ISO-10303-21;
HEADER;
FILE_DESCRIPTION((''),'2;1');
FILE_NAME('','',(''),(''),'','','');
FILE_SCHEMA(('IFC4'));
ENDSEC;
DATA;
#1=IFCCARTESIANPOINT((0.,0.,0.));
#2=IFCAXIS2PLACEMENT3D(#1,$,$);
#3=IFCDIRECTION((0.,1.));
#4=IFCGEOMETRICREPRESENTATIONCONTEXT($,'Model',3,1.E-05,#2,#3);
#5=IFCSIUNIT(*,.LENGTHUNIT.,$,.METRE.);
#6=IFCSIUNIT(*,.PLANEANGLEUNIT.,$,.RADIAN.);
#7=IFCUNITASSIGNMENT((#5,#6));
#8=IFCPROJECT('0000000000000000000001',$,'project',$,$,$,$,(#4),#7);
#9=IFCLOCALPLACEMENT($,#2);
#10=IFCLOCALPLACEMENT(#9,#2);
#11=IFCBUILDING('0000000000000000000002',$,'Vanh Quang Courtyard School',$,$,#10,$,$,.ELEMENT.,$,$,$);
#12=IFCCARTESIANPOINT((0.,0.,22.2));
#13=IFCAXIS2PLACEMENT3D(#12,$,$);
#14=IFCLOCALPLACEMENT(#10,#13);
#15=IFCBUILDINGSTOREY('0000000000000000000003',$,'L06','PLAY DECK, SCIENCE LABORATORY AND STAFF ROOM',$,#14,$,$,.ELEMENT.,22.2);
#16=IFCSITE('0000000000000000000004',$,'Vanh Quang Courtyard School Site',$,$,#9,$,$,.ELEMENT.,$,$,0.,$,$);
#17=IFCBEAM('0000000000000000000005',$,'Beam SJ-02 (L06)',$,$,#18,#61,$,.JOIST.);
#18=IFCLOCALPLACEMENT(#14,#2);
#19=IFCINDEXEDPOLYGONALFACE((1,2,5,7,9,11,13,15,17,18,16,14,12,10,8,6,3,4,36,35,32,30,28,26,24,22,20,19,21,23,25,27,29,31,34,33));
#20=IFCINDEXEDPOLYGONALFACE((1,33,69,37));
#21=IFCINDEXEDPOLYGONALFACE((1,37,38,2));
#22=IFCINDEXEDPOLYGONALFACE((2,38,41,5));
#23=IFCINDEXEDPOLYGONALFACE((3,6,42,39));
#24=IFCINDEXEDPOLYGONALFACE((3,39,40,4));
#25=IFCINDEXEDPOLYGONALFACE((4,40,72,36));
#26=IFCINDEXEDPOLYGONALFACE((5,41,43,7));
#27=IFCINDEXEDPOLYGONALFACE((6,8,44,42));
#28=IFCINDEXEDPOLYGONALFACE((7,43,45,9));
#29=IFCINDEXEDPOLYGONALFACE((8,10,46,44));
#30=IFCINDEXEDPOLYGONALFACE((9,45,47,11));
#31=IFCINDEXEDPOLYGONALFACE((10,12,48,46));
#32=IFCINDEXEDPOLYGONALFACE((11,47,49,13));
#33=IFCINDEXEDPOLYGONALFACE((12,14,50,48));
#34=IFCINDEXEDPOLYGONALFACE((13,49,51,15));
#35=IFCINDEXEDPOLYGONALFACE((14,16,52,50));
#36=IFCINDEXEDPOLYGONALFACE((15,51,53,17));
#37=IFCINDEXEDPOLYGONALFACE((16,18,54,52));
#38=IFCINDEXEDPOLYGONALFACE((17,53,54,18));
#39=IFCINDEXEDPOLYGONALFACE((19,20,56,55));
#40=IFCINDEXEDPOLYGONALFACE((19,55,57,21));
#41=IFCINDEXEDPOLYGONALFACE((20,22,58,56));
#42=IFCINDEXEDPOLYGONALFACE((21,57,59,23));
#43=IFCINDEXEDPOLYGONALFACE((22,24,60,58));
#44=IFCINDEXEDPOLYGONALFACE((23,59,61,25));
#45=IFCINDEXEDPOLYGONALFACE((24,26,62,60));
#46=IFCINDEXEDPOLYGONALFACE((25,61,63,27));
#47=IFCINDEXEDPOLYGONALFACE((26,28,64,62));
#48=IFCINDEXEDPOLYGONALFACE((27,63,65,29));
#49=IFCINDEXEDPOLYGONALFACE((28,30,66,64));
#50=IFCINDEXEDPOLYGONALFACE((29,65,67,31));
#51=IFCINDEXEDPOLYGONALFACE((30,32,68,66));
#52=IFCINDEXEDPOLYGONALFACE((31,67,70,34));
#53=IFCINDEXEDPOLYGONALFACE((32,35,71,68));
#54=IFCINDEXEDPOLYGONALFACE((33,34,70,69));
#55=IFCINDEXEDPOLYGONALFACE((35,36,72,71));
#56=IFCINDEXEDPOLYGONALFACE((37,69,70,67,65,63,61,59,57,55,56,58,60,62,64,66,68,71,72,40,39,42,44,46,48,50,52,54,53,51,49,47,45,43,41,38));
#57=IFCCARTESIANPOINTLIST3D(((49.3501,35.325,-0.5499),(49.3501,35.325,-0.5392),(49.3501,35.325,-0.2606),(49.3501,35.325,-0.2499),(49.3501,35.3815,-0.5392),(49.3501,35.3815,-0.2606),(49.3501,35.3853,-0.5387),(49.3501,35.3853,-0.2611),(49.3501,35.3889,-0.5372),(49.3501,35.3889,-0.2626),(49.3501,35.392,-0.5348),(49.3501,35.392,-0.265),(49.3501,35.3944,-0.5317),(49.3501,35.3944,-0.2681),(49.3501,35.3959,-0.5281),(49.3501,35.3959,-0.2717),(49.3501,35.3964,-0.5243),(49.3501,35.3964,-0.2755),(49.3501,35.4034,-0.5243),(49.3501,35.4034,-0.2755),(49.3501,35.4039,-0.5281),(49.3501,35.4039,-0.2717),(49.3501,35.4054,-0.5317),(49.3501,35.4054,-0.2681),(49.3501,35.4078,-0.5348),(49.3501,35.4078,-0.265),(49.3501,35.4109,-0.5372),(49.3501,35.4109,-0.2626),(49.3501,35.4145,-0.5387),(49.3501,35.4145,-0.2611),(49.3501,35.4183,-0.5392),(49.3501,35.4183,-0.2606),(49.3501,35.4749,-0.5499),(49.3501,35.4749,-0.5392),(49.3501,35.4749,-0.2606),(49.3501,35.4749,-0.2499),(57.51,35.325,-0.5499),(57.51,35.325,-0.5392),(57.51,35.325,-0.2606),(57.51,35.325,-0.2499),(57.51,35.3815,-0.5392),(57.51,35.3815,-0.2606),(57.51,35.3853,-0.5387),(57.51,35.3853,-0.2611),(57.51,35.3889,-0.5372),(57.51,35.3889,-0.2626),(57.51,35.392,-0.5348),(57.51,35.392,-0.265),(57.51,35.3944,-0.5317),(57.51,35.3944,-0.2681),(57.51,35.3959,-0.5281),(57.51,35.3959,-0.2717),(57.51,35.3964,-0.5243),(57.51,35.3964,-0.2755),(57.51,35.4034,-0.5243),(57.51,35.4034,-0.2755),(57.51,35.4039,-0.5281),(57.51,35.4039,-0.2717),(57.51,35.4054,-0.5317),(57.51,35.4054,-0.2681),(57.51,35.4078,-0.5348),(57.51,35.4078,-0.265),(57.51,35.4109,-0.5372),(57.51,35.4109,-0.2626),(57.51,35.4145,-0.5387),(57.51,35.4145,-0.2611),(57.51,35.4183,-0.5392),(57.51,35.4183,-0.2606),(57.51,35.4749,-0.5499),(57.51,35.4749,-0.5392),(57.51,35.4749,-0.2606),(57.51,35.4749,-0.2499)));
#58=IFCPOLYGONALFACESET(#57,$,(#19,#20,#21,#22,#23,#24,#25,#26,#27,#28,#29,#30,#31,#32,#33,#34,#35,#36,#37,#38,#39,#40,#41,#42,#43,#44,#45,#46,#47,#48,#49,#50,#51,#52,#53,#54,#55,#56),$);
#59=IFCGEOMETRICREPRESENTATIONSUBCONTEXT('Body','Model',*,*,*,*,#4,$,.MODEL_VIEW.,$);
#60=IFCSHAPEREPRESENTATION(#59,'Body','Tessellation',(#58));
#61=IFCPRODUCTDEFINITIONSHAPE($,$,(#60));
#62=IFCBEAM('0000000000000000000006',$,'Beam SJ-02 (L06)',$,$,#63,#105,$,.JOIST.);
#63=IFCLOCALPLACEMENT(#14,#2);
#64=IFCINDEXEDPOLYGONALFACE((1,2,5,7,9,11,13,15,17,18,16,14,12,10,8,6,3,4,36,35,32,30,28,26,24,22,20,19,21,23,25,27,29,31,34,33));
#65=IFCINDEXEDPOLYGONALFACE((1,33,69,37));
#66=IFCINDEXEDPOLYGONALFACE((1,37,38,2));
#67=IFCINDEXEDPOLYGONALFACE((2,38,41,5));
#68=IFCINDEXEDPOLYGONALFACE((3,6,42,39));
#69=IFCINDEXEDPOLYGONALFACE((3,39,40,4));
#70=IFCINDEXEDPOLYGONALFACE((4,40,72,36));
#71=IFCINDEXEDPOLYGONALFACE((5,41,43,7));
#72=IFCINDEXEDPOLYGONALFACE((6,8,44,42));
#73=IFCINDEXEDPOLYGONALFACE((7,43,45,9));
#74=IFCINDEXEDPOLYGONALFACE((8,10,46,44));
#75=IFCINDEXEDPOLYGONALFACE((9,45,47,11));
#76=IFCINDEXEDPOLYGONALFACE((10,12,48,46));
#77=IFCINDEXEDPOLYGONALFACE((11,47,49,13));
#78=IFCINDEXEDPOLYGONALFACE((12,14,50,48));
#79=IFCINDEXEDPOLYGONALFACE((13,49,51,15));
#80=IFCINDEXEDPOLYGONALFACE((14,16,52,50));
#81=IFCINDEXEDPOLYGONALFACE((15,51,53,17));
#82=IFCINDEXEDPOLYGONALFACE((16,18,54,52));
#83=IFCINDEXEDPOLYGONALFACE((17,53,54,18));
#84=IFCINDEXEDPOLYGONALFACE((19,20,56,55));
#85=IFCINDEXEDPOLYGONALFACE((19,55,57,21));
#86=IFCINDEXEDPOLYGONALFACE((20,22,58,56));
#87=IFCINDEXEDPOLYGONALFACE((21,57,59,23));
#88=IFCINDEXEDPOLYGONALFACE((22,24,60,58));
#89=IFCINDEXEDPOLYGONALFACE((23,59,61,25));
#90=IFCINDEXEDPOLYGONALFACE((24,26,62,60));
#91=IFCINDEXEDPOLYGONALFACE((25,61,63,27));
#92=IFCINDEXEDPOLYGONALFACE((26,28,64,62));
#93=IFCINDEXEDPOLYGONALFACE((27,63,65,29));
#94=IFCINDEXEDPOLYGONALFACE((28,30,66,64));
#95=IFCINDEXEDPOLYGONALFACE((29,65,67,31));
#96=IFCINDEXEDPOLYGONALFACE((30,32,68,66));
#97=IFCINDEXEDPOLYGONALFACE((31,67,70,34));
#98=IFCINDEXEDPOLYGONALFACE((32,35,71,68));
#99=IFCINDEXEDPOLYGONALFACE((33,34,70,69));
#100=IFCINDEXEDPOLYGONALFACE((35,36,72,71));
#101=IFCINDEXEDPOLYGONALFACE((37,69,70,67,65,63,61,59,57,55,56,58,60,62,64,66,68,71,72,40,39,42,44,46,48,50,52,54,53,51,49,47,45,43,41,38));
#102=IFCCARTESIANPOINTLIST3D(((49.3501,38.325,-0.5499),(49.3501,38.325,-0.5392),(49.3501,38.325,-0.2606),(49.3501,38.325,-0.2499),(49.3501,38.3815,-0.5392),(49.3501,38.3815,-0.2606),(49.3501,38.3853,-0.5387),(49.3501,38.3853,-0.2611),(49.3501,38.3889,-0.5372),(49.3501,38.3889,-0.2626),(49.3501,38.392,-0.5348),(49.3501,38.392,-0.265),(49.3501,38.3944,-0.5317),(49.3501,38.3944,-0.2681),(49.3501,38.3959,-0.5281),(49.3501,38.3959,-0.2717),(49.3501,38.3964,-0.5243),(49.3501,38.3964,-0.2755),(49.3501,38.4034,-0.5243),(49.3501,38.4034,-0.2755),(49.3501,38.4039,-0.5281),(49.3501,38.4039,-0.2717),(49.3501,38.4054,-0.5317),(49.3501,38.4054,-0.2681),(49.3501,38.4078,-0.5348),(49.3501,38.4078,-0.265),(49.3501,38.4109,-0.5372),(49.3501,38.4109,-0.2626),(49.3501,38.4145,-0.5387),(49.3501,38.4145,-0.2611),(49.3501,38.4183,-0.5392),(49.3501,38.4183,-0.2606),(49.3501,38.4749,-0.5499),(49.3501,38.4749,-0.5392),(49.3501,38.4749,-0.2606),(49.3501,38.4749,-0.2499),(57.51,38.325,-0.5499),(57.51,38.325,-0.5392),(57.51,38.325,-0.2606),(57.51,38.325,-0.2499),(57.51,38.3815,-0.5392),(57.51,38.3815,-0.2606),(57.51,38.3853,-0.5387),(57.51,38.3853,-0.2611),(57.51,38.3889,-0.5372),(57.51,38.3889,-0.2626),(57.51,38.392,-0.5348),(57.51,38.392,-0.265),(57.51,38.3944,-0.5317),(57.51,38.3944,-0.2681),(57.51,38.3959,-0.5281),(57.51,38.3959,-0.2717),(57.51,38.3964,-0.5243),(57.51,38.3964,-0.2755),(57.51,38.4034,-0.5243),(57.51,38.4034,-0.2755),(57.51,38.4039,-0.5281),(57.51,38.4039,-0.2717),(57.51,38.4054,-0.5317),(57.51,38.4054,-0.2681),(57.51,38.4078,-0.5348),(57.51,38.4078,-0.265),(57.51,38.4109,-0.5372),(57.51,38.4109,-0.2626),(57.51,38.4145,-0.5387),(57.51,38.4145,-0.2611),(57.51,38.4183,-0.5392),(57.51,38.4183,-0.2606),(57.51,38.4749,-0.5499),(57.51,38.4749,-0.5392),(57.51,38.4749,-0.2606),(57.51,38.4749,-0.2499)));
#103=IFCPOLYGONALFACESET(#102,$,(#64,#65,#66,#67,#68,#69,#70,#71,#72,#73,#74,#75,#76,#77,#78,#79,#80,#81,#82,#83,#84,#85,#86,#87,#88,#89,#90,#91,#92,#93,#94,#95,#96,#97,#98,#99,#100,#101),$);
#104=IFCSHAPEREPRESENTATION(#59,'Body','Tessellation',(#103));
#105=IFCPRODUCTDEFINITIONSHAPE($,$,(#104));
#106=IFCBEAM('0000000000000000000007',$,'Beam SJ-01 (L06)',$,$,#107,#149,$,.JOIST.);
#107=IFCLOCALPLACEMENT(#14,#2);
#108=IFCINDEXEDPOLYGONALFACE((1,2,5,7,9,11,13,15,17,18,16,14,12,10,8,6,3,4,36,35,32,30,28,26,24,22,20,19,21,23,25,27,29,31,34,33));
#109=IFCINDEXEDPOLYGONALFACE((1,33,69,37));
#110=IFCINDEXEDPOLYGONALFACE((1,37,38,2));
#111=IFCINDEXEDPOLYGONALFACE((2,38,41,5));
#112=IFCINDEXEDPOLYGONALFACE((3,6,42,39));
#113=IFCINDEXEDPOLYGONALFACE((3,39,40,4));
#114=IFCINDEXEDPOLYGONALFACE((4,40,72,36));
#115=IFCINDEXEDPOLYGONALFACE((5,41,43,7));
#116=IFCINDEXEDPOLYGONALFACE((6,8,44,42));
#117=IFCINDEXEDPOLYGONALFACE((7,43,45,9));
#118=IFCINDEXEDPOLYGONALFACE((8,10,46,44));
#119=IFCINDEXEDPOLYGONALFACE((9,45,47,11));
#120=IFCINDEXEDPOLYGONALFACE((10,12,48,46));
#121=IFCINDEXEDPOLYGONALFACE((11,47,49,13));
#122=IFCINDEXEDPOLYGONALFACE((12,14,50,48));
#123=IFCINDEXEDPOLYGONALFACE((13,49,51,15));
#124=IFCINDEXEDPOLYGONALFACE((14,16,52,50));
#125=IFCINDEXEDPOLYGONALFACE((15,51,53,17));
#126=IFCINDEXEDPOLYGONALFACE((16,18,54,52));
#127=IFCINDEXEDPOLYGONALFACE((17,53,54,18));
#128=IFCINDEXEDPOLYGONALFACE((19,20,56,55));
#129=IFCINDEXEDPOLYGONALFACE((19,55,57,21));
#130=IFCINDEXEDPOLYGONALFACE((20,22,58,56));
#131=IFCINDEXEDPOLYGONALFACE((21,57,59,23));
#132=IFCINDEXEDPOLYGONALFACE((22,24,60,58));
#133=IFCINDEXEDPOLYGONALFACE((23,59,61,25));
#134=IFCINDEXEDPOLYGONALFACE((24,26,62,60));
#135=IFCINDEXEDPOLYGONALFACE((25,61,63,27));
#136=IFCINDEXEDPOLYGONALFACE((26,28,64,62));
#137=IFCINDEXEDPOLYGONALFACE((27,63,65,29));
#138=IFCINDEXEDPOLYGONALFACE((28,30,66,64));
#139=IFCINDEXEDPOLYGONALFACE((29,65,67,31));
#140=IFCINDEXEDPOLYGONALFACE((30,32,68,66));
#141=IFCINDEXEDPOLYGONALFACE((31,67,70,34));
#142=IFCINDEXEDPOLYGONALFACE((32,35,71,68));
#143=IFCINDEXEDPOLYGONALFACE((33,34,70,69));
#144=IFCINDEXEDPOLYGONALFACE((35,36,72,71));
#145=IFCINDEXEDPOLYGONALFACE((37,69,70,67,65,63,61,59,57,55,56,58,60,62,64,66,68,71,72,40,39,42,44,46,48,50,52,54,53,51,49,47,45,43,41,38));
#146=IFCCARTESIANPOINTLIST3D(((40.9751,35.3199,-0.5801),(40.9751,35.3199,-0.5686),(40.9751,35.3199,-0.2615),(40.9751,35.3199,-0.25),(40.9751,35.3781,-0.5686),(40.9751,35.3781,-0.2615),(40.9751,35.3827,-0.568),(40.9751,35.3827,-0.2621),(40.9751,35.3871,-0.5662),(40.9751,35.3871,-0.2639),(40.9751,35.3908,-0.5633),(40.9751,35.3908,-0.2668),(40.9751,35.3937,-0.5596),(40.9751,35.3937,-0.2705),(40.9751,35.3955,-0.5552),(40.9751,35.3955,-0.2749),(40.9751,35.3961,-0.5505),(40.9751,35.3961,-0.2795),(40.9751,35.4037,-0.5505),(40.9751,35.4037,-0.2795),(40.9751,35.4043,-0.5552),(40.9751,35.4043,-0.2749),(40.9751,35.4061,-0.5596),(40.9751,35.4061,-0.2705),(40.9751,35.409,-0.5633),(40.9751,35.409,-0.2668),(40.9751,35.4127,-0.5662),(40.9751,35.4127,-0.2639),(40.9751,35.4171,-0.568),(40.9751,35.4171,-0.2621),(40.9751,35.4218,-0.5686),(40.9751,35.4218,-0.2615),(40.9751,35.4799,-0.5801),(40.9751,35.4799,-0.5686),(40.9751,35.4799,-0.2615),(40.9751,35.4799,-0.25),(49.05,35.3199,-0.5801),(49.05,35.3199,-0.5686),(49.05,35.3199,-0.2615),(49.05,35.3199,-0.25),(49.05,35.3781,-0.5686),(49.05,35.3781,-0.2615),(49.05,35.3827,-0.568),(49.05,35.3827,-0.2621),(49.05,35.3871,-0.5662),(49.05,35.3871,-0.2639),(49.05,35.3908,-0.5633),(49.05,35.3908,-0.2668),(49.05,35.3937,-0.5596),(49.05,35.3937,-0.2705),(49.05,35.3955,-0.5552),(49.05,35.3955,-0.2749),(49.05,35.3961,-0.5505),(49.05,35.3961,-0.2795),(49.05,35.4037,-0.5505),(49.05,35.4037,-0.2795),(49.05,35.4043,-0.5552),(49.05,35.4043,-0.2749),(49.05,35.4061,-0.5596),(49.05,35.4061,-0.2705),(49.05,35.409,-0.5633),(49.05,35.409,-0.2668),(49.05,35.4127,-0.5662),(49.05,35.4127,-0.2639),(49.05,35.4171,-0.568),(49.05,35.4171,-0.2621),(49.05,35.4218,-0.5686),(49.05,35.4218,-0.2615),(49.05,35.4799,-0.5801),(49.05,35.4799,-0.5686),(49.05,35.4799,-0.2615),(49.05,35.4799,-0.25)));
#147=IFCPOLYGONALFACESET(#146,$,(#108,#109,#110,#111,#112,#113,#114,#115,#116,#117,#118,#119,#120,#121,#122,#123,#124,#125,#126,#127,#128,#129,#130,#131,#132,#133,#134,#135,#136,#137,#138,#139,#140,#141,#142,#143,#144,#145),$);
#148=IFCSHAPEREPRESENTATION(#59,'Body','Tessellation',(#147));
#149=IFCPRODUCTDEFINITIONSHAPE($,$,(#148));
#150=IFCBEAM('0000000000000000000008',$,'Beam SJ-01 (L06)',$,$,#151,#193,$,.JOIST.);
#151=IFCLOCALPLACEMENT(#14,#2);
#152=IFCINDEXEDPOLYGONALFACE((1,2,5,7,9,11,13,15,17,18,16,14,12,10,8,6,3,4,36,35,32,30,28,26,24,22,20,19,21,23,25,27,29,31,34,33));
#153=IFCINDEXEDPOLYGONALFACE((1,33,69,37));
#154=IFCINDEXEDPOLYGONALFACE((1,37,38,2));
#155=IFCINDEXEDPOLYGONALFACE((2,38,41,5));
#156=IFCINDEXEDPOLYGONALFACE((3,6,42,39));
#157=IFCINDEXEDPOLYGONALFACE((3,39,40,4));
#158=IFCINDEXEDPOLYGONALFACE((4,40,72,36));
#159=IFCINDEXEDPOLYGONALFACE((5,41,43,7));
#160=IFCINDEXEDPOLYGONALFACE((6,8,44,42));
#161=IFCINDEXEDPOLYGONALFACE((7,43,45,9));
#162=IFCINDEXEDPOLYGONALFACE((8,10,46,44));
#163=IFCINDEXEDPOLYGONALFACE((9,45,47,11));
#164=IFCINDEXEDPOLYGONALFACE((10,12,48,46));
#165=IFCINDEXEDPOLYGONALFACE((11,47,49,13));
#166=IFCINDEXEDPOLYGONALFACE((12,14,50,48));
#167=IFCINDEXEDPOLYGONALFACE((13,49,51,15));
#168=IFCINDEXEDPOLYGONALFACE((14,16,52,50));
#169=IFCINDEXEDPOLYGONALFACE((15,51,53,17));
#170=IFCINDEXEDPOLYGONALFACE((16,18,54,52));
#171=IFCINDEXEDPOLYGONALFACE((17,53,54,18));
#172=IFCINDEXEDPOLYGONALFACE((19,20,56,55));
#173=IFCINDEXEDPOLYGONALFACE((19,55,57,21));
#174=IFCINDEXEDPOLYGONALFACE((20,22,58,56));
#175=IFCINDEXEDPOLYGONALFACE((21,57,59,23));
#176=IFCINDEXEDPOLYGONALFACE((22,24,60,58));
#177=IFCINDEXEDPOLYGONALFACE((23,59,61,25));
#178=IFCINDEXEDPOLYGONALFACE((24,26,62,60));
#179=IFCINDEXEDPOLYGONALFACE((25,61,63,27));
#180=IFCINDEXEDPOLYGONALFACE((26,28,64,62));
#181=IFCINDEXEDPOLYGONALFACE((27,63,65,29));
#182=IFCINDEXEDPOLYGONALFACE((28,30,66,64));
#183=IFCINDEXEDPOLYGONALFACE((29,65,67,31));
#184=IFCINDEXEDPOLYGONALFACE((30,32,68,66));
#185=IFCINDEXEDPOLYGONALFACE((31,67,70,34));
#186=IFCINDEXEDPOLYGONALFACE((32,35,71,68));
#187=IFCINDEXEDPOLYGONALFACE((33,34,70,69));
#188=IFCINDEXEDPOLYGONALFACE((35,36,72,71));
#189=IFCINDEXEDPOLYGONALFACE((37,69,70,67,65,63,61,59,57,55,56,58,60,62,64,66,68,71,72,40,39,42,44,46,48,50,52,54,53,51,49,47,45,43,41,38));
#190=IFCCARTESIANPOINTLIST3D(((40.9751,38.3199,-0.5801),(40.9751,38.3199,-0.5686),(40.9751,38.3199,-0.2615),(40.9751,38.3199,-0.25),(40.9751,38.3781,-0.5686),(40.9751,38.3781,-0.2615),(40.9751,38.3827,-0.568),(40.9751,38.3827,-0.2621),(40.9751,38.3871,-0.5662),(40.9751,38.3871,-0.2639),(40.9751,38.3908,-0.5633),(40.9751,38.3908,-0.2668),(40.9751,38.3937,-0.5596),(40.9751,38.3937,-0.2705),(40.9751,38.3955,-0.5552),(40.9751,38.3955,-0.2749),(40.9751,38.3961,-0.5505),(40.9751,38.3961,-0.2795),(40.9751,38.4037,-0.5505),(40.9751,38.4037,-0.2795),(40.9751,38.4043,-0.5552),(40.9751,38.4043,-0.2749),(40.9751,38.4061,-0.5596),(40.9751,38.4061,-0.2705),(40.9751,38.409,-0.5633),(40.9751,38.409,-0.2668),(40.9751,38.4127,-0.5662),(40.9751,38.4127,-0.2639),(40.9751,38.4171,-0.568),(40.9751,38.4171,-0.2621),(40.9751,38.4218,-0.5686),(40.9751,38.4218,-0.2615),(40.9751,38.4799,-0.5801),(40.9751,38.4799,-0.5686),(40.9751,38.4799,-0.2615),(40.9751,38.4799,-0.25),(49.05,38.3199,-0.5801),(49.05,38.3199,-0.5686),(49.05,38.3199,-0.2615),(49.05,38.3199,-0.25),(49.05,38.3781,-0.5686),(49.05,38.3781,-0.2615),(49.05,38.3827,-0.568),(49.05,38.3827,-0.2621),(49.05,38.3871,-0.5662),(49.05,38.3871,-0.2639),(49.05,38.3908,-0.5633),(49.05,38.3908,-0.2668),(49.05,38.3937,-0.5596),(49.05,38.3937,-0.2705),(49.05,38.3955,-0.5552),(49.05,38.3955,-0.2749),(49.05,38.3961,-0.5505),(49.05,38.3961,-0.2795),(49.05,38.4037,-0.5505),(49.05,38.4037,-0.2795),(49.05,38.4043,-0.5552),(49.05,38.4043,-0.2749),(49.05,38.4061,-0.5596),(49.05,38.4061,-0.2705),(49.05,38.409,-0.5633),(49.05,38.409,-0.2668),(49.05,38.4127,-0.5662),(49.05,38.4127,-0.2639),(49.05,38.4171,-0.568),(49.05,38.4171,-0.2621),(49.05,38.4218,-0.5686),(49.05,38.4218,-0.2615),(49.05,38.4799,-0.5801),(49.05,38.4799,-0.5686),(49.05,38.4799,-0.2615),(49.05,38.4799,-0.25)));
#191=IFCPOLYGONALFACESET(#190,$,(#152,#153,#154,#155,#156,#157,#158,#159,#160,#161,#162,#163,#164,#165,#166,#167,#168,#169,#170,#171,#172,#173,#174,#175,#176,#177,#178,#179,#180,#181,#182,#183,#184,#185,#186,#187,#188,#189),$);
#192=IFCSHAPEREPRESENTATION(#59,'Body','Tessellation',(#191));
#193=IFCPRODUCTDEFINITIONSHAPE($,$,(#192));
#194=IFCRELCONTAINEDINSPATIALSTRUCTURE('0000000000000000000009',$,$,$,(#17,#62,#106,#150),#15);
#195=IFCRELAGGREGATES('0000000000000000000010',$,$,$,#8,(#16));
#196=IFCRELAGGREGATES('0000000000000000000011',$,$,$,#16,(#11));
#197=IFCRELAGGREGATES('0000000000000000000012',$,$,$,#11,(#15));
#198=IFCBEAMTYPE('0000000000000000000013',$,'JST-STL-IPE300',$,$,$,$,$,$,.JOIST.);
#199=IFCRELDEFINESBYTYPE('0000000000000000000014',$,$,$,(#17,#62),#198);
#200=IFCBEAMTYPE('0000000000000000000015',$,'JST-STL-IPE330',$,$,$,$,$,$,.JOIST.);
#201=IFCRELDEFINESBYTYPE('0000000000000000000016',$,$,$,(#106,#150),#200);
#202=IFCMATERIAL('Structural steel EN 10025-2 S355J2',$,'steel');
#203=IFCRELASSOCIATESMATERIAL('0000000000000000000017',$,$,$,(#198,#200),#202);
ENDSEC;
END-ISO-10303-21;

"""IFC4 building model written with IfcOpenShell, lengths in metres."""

from ifc_helpers import new_model, si_unit, direction, frame, origin, origin_2d, place, context, subcontext, project, spatial, i_section, extrude, material, material_profile, profile_set, type_object, element, save


model = new_model("IFC4")

# Units and contexts
model_context = context("Model", 3, precision=1e-05, world=origin(), true_north=direction((0.0, 1.0)))
body_context = subcontext(model_context, "Body", "Model", "MODEL_VIEW")
ifc_project = project(units=[si_unit("LENGTHUNIT", "METRE"), si_unit("PLANEANGLEUNIT", "RADIAN")], contexts=[model_context])

# Site, building, storey
site_placement = place(None, origin())
site = spatial("IfcSite", under=ifc_project, at=site_placement, Name="Vanh Quang Courtyard School Site", CompositionType="ELEMENT", RefElevation=0.0)
building_placement = place(site_placement, origin())
building = spatial("IfcBuilding", under=site, at=building_placement, Name="Vanh Quang Courtyard School", CompositionType="ELEMENT")
storey_placement = place(building_placement, frame((0.0, 0.0, 22.2)))
storey = spatial("IfcBuildingStorey", under=building, at=storey_placement, Name="L06", Description="PLAY DECK, SCIENCE LABORATORY AND STAFF ROOM", CompositionType="ELEMENT", Elevation=22.2)

# Beams
ifc_material_1 = material(Name="Structural steel EN 10025-2 S355J2", Category="steel")
ifc_material_profile_1 = material_profile(ifc_material_1, i_section(OverallWidth=0.1499, OverallDepth=0.3, WebThickness=0.0071, FlangeThickness=0.0107, FilletRadius=0.0149, at=origin_2d()), Name="IPE 300")
ifc_profile_set_1 = profile_set([ifc_material_profile_1], Name="Structural steel EN 10025-2 S355J2")
beam_type_1 = type_object("IfcBeamType", Name="JST-STL-IPE300", PredefinedType="JOIST", material=ifc_profile_set_1)
for number, where, z_axis, x_axis, name in (
    (1, (49.3501, 35.3999, -0.3999), (1.0, 0.0, 0.0), (0.0, 1.0, 0.0), "Beam SJ-02 (L06)"),
    (2, (49.3501, 38.3999, -0.3999), (1.0, 0.0, 0.0), (0.0, 1.0, 0.0), "Beam SJ-02 (L06)"),
):
    element("IfcBeam", number, at=place(storey_placement, frame(where, z_axis=z_axis, x_axis=x_axis)), inside=storey, type_object=beam_type_1, Name=name, PredefinedType="JOIST", context=body_context, shape_type="SweptSolid", body=[
        extrude(i_section(OverallWidth=0.1499, OverallDepth=0.3, WebThickness=0.0071, FlangeThickness=0.0107, FilletRadius=0.0149, at=origin_2d()), origin(), (0.0, 0.0, 1.0), 8.1599),
    ])
ifc_material_profile_2 = material_profile(ifc_material_1, i_section(OverallWidth=0.1599, OverallDepth=0.3301, WebThickness=0.0076, FlangeThickness=0.0115, FilletRadius=0.0181, at=origin_2d()), Name="IPE 330")
ifc_profile_set_2 = profile_set([ifc_material_profile_2], Name="Structural steel EN 10025-2 S355J2")
beam_type_2 = type_object("IfcBeamType", Name="JST-STL-IPE330", PredefinedType="JOIST", material=ifc_profile_set_2)
for number, where, z_axis, x_axis, name in (
    (3, (40.9751, 35.3999, -0.415), (1.0, 0.0, 0.0), (0.0, 1.0, 0.0), "Beam SJ-01 (L06)"),
    (4, (40.9751, 38.3999, -0.415), (1.0, 0.0, 0.0), (0.0, 1.0, 0.0), "Beam SJ-01 (L06)"),
):
    element("IfcBeam", number, at=place(storey_placement, frame(where, z_axis=z_axis, x_axis=x_axis)), inside=storey, type_object=beam_type_2, Name=name, PredefinedType="JOIST", context=body_context, shape_type="SweptSolid", body=[
        extrude(i_section(OverallWidth=0.1599, OverallDepth=0.3301, WebThickness=0.0076, FlangeThickness=0.0115, FilletRadius=0.0181, at=origin_2d()), origin(), (0.0, 0.0, 1.0), 8.075),
    ])

save(model, "model.ifc")
